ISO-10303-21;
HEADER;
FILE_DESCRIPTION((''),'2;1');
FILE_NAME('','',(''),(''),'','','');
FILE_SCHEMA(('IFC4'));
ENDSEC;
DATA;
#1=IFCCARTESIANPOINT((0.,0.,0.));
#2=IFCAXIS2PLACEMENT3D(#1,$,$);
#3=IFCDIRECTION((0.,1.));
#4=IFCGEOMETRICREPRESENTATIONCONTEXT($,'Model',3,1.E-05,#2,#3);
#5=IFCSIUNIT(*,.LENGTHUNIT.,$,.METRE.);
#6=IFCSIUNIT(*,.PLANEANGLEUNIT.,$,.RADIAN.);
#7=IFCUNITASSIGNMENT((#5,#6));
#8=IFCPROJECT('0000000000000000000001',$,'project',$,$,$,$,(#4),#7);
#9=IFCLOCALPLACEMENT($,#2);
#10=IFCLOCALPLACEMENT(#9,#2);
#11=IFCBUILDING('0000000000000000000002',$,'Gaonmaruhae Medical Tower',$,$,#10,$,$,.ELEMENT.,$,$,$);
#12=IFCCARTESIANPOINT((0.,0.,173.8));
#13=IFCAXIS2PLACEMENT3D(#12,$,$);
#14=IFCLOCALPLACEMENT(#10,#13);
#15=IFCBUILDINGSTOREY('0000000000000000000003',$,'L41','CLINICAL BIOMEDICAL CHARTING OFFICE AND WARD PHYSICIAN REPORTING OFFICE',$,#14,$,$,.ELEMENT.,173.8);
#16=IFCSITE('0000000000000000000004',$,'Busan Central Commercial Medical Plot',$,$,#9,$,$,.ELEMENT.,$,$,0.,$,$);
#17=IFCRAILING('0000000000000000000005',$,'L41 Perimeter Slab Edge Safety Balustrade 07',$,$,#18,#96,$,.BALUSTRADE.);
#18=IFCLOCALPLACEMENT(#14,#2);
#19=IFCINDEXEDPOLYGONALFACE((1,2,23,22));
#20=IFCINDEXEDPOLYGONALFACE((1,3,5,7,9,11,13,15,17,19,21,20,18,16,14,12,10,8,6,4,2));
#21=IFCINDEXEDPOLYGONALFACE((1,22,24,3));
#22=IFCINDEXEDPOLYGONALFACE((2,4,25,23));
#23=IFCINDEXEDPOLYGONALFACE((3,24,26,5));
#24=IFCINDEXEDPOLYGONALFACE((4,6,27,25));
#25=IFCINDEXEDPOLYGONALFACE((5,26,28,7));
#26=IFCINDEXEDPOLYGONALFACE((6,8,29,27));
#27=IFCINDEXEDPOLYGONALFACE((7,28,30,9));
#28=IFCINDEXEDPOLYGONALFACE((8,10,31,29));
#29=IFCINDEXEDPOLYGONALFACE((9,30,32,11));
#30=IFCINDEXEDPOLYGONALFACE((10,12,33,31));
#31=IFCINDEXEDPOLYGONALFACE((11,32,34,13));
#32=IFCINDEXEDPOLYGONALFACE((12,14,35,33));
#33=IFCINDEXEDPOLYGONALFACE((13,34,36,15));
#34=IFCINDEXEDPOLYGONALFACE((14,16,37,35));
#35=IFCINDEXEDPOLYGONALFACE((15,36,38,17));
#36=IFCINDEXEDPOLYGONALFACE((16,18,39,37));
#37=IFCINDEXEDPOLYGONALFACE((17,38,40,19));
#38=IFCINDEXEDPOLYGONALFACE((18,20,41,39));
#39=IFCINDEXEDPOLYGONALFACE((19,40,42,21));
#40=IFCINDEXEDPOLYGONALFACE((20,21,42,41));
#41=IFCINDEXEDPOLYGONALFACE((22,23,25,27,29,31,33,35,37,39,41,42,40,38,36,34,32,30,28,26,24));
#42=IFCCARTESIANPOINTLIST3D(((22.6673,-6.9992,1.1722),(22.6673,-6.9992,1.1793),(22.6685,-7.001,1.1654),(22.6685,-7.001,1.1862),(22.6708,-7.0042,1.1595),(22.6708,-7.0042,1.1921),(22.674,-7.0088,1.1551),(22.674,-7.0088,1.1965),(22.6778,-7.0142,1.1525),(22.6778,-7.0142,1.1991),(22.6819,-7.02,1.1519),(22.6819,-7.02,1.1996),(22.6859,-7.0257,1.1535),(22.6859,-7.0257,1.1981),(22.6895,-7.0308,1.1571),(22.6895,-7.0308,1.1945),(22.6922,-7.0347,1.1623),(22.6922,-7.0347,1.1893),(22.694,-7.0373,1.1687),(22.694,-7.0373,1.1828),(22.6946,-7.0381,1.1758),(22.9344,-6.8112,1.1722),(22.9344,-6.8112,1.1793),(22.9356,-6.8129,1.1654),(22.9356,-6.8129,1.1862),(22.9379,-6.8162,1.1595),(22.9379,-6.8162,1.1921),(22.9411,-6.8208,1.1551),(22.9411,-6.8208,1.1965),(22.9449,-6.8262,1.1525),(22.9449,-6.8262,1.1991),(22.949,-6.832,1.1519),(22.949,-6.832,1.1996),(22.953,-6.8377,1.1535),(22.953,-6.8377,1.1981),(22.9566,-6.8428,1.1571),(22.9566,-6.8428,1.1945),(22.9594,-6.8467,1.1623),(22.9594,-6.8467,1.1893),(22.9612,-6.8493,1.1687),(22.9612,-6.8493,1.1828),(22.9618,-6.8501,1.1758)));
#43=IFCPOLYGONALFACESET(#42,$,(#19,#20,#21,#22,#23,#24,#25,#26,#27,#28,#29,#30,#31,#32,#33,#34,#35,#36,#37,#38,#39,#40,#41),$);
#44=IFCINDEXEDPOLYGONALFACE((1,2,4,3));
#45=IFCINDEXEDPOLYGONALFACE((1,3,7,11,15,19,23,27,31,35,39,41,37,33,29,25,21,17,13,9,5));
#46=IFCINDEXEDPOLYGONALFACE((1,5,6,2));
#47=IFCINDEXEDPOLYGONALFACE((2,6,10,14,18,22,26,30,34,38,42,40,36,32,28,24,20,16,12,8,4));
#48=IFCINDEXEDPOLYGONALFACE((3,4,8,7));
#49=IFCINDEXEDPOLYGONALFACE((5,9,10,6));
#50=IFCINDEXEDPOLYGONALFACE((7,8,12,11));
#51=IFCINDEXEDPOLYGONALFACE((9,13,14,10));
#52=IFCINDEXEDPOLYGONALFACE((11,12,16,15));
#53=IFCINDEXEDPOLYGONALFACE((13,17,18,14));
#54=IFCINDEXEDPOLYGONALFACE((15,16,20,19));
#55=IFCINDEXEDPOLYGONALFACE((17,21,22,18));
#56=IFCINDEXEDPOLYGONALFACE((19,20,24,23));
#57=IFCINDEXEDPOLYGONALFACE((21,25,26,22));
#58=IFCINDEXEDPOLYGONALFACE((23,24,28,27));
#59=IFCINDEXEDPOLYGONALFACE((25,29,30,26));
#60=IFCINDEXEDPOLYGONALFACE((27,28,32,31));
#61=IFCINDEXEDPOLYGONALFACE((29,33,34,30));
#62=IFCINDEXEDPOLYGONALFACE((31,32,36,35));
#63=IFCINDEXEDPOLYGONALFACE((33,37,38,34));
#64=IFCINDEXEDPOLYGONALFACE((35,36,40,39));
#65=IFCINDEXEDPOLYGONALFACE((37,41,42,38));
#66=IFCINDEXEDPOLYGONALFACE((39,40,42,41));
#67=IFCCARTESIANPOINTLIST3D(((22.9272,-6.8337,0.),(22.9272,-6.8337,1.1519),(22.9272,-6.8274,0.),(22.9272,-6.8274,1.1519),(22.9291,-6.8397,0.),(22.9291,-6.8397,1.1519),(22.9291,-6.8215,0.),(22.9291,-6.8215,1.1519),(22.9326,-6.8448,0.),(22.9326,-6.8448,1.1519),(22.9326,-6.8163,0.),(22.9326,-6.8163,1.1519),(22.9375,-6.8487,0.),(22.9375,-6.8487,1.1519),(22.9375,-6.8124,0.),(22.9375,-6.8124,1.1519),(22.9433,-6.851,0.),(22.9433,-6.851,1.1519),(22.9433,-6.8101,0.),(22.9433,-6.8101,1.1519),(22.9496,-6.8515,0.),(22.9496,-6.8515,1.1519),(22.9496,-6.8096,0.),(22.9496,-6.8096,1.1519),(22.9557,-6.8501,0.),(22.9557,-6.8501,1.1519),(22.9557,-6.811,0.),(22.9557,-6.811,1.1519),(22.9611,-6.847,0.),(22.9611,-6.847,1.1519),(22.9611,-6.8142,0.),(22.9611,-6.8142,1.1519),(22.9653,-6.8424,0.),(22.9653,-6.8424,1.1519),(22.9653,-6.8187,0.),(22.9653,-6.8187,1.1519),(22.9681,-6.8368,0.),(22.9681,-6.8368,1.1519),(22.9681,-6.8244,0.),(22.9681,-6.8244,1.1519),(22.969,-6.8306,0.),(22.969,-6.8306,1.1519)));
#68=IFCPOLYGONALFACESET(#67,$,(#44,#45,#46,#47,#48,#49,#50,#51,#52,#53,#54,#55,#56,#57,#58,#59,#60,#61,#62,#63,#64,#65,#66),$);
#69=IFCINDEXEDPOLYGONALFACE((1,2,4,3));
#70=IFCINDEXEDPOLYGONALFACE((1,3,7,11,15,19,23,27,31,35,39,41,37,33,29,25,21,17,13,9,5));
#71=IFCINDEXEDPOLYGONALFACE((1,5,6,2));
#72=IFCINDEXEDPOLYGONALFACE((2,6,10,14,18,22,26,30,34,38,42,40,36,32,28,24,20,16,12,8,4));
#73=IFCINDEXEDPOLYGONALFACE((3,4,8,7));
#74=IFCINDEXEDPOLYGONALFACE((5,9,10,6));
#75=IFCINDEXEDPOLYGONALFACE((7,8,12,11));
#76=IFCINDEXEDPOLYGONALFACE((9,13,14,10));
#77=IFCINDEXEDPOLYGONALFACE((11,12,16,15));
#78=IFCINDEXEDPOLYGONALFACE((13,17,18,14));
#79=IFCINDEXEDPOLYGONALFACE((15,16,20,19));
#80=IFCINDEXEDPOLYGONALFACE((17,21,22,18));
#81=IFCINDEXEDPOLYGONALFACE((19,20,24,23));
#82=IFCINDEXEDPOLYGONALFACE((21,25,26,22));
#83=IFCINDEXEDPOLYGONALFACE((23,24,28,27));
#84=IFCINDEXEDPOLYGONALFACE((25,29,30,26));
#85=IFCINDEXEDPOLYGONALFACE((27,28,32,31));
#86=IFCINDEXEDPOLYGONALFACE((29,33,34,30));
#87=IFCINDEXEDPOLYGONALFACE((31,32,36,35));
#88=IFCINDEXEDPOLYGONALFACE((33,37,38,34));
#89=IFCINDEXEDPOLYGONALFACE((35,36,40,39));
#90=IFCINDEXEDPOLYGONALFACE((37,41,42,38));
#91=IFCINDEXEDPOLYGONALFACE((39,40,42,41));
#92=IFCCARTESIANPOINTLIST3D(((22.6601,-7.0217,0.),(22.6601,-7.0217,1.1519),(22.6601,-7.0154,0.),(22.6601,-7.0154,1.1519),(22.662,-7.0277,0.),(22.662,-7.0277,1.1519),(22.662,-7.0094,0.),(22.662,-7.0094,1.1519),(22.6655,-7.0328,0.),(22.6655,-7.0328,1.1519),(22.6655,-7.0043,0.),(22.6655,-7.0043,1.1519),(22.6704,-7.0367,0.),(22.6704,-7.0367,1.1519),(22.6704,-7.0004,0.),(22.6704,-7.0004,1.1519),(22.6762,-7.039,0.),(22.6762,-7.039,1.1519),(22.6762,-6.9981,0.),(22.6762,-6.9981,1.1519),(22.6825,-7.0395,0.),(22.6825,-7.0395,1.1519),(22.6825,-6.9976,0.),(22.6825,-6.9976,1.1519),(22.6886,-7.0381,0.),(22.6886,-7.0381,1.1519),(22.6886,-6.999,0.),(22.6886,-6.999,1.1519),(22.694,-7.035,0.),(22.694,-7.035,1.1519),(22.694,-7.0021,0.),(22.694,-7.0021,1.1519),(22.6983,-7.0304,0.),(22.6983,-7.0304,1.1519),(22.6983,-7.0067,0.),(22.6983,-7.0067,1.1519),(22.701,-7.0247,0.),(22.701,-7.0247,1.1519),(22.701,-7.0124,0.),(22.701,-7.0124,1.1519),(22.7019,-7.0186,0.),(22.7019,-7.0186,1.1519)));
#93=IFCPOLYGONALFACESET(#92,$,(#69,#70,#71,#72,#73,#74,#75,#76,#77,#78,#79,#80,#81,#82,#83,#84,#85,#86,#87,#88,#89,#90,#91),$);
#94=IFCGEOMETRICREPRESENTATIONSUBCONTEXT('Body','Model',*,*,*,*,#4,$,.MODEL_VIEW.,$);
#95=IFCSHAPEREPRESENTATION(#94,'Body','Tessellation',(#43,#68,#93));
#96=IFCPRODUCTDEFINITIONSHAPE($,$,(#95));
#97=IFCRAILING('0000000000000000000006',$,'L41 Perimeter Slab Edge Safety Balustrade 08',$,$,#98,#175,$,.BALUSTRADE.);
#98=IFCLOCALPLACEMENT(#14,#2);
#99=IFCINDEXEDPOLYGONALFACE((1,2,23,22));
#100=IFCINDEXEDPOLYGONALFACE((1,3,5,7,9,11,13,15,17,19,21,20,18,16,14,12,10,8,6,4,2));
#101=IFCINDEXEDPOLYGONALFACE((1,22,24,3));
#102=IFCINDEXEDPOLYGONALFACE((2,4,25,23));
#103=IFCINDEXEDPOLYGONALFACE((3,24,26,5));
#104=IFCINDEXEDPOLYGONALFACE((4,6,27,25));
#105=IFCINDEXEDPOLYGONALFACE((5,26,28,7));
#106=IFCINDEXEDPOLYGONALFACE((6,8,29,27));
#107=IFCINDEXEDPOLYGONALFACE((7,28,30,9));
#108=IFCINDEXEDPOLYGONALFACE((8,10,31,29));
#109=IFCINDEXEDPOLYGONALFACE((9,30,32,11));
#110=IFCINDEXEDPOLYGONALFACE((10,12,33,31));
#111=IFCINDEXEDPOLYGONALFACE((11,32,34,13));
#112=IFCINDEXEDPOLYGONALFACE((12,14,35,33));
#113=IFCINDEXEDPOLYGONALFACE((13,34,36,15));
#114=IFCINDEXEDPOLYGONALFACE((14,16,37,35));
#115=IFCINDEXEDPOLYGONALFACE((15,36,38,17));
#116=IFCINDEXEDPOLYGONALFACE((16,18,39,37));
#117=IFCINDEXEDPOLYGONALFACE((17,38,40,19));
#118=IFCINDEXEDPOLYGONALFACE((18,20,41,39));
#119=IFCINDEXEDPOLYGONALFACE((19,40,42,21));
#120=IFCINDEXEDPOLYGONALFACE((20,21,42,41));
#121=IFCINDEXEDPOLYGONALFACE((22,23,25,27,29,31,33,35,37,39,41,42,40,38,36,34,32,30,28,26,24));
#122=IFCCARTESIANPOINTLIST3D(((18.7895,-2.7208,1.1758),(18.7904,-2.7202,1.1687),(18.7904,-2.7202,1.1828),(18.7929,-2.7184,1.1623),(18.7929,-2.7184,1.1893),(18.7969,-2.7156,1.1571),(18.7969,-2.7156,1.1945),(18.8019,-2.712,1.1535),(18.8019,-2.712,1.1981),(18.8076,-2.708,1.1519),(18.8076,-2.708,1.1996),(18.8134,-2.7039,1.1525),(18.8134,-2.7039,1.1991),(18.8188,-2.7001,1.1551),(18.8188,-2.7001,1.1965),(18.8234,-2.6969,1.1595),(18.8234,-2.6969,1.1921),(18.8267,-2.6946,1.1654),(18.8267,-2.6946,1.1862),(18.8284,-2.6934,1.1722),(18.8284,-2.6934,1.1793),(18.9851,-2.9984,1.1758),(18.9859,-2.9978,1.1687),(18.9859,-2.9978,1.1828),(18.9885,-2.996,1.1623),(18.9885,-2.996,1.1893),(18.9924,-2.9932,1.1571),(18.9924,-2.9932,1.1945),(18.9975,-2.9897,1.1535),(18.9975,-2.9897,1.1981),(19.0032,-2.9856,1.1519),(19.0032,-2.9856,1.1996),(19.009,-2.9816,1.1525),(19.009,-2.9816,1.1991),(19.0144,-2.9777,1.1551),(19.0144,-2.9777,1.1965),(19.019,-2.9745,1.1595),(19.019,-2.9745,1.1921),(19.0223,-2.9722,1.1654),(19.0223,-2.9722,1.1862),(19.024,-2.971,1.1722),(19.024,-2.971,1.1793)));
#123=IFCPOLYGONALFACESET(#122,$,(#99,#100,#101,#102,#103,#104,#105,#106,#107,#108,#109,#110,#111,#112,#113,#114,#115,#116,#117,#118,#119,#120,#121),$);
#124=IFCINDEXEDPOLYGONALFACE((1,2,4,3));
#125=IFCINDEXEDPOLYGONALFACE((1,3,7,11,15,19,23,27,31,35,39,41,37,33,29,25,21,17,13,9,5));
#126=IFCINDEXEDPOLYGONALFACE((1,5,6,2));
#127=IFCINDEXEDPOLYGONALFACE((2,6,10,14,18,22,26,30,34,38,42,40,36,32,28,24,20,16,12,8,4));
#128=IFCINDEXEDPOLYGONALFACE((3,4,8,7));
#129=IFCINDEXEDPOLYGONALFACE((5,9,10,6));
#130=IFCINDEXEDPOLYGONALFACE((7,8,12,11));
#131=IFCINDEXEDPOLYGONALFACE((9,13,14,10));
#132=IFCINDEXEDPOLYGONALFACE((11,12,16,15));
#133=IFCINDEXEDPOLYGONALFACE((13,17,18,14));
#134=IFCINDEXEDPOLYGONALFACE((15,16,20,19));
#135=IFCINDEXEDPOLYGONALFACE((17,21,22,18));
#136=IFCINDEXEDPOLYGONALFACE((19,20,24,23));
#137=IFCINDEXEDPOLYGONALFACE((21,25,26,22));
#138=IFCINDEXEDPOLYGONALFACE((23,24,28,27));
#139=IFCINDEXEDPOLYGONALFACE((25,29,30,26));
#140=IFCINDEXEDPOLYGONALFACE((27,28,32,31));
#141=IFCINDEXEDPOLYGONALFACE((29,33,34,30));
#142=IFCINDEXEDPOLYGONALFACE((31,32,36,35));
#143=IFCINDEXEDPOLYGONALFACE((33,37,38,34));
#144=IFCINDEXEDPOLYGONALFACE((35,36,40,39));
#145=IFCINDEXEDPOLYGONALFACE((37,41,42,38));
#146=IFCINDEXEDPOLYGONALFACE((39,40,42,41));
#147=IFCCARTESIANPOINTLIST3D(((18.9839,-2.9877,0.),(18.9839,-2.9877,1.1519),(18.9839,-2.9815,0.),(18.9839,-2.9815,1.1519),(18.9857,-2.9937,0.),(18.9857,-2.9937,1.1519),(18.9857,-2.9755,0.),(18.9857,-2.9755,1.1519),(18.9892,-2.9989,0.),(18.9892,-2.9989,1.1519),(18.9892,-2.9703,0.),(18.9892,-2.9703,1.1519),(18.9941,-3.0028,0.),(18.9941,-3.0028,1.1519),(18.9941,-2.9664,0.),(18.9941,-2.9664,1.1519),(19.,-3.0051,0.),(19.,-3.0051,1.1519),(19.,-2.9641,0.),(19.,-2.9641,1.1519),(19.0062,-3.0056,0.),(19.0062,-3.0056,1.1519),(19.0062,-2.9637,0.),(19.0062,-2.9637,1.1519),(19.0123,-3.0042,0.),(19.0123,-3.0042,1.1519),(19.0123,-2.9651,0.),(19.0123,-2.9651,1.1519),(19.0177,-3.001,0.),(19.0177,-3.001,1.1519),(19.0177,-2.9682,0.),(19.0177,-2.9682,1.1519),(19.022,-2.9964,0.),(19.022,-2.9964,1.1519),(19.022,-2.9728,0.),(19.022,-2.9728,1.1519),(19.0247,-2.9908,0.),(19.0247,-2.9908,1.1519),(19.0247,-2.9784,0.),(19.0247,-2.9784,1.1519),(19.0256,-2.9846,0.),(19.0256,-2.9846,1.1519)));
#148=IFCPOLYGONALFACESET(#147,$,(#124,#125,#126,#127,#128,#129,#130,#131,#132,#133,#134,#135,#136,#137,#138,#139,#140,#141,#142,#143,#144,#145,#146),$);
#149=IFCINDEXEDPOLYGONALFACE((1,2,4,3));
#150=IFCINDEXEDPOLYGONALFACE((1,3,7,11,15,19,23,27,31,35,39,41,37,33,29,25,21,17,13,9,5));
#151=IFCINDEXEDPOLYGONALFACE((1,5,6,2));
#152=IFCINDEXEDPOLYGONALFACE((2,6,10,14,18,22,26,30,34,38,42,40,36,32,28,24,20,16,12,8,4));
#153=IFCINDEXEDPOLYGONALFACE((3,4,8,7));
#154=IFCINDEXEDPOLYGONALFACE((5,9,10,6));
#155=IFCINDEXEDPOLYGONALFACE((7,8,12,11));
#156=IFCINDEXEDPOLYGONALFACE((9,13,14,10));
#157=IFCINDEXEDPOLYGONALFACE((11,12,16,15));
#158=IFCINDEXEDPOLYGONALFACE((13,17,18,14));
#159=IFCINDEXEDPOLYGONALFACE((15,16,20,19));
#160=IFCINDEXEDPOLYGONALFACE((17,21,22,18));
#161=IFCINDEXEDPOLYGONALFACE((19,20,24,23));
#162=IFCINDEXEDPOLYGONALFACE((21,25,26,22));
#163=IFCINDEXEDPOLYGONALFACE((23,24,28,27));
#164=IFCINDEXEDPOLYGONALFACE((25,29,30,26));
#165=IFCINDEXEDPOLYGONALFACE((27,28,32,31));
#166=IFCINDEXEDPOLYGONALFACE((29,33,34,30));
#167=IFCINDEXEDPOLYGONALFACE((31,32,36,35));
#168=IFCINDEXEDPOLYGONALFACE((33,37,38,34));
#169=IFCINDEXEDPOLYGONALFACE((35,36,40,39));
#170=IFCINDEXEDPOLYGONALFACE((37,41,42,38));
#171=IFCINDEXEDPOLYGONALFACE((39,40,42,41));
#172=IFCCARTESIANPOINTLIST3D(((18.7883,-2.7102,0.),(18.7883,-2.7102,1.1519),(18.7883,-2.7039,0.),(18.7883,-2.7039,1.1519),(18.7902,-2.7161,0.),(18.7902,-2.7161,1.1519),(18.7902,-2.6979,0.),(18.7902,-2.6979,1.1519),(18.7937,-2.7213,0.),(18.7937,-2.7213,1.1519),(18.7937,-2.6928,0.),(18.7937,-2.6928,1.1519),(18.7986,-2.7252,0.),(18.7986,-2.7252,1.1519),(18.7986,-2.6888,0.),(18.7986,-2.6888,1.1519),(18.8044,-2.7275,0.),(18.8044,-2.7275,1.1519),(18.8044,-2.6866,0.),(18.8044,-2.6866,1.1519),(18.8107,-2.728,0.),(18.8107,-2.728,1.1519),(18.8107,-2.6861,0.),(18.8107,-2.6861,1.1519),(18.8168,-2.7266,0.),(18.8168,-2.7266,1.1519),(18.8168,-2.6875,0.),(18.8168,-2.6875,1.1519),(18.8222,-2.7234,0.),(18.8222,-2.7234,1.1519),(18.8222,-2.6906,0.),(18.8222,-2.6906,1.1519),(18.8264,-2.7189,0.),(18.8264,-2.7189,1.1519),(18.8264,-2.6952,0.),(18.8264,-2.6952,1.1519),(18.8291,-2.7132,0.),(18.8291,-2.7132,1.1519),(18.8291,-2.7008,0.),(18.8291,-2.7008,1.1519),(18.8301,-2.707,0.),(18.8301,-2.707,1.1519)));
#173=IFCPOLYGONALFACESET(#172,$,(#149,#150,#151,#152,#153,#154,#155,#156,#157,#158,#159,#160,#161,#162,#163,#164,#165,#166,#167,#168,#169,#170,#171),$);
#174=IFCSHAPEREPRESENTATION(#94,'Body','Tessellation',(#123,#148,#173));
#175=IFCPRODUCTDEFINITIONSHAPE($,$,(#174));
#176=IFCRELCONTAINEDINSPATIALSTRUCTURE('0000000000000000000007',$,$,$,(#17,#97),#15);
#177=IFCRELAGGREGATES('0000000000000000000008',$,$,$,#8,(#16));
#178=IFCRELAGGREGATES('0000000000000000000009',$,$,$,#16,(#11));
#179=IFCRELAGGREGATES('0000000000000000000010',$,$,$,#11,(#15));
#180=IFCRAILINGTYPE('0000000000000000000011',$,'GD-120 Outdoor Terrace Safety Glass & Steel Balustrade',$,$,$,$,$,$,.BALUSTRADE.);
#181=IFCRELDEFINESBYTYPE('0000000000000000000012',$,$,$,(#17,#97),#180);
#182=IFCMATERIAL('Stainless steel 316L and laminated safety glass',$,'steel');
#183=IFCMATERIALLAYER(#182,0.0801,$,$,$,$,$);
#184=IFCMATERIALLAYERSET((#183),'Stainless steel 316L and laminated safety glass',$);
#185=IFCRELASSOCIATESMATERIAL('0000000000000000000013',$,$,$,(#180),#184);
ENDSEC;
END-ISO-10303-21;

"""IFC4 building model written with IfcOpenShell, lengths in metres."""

from ifc_helpers import new_model, si_unit, direction, frame, origin, origin_2d, place, context, subcontext, project, spatial, circle, extrude, material, layer, layer_set, type_object, element, save


model = new_model("IFC4")

# Units and contexts
model_context = context("Model", 3, precision=1e-05, world=origin(), true_north=direction((0.0, 1.0)))
body_context = subcontext(model_context, "Body", "Model", "MODEL_VIEW")
ifc_project = project(units=[si_unit("LENGTHUNIT", "METRE"), si_unit("PLANEANGLEUNIT", "RADIAN")], contexts=[model_context])

# Site, building, storey
site_placement = place(None, origin())
site = spatial("IfcSite", under=ifc_project, at=site_placement, Name="Busan Central Commercial Medical Plot", CompositionType="ELEMENT", RefElevation=0.0)
building_placement = place(site_placement, origin())
building = spatial("IfcBuilding", under=site, at=building_placement, Name="Gaonmaruhae Medical Tower", CompositionType="ELEMENT")
storey_placement = place(building_placement, frame((0.0, 0.0, 173.8)))
storey = spatial("IfcBuildingStorey", under=building, at=storey_placement, Name="L41", Description="CLINICAL BIOMEDICAL CHARTING OFFICE AND WARD PHYSICIAN REPORTING OFFICE", CompositionType="ELEMENT", Elevation=173.8)

# Railings
ifc_material_1 = material(Name="Stainless steel 316L and laminated safety glass", Category="steel")
ifc_layer_1 = layer(ifc_material_1, 0.0801)
ifc_layer_set_1 = layer_set([ifc_layer_1], Name="Stainless steel 316L and laminated safety glass")
railing_type = type_object("IfcRailingType", Name="GD-120 Outdoor Terrace Safety Glass & Steel Balustrade", PredefinedType="BALUSTRADE", material=ifc_layer_set_1)
railing_1_placement = place(storey_placement, frame((22.948, -6.8306, 0.0)))
element("IfcRailing", 1, at=railing_1_placement, inside=storey, type_object=railing_type, Name="L41 Perimeter Slab Edge Safety Balustrade 07", PredefinedType="BALUSTRADE", context=body_context, shape_type="SweptSolid", body=[
    extrude(circle(Radius=0.0239, at=origin_2d()), frame((0.0, 0.0, 1.1758), z_axis=(-0.817754, -0.575567, 0.0), x_axis=(0.575567, -0.817754, 0.0)), (0.0, 0.0, 1.0), 0.3267),
    extrude(circle(Radius=0.021, at=origin_2d()), origin(), (0.0, 0.0, 1.0), 1.1519),
    extrude(circle(Radius=0.021, at=origin_2d()), frame((-0.2671, -0.188, 0.0)), (0.0, 0.0, 1.0), 1.1519),
])
railing_2_placement = place(storey_placement, frame((19.0046, -2.9846, 0.0)))
element("IfcRailing", 2, at=railing_2_placement, inside=storey, type_object=railing_type, Name="L41 Perimeter Slab Edge Safety Balustrade 08", PredefinedType="BALUSTRADE", context=body_context, shape_type="SweptSolid", body=[
    extrude(circle(Radius=0.0239, at=origin_2d()), frame((0.0, 0.0, 1.1758), z_axis=(-0.575921, 0.817506, 0.0), x_axis=(-0.817506, -0.575921, 0.0)), (0.0, 0.0, 1.0), 0.3396),
    extrude(circle(Radius=0.021, at=origin_2d()), origin(), (0.0, 0.0, 1.0), 1.1519),
    extrude(circle(Radius=0.021, at=origin_2d()), frame((-0.1956, 0.2776, 0.0)), (0.0, 0.0, 1.0), 1.1519),
])

save(model, "model.ifc")
